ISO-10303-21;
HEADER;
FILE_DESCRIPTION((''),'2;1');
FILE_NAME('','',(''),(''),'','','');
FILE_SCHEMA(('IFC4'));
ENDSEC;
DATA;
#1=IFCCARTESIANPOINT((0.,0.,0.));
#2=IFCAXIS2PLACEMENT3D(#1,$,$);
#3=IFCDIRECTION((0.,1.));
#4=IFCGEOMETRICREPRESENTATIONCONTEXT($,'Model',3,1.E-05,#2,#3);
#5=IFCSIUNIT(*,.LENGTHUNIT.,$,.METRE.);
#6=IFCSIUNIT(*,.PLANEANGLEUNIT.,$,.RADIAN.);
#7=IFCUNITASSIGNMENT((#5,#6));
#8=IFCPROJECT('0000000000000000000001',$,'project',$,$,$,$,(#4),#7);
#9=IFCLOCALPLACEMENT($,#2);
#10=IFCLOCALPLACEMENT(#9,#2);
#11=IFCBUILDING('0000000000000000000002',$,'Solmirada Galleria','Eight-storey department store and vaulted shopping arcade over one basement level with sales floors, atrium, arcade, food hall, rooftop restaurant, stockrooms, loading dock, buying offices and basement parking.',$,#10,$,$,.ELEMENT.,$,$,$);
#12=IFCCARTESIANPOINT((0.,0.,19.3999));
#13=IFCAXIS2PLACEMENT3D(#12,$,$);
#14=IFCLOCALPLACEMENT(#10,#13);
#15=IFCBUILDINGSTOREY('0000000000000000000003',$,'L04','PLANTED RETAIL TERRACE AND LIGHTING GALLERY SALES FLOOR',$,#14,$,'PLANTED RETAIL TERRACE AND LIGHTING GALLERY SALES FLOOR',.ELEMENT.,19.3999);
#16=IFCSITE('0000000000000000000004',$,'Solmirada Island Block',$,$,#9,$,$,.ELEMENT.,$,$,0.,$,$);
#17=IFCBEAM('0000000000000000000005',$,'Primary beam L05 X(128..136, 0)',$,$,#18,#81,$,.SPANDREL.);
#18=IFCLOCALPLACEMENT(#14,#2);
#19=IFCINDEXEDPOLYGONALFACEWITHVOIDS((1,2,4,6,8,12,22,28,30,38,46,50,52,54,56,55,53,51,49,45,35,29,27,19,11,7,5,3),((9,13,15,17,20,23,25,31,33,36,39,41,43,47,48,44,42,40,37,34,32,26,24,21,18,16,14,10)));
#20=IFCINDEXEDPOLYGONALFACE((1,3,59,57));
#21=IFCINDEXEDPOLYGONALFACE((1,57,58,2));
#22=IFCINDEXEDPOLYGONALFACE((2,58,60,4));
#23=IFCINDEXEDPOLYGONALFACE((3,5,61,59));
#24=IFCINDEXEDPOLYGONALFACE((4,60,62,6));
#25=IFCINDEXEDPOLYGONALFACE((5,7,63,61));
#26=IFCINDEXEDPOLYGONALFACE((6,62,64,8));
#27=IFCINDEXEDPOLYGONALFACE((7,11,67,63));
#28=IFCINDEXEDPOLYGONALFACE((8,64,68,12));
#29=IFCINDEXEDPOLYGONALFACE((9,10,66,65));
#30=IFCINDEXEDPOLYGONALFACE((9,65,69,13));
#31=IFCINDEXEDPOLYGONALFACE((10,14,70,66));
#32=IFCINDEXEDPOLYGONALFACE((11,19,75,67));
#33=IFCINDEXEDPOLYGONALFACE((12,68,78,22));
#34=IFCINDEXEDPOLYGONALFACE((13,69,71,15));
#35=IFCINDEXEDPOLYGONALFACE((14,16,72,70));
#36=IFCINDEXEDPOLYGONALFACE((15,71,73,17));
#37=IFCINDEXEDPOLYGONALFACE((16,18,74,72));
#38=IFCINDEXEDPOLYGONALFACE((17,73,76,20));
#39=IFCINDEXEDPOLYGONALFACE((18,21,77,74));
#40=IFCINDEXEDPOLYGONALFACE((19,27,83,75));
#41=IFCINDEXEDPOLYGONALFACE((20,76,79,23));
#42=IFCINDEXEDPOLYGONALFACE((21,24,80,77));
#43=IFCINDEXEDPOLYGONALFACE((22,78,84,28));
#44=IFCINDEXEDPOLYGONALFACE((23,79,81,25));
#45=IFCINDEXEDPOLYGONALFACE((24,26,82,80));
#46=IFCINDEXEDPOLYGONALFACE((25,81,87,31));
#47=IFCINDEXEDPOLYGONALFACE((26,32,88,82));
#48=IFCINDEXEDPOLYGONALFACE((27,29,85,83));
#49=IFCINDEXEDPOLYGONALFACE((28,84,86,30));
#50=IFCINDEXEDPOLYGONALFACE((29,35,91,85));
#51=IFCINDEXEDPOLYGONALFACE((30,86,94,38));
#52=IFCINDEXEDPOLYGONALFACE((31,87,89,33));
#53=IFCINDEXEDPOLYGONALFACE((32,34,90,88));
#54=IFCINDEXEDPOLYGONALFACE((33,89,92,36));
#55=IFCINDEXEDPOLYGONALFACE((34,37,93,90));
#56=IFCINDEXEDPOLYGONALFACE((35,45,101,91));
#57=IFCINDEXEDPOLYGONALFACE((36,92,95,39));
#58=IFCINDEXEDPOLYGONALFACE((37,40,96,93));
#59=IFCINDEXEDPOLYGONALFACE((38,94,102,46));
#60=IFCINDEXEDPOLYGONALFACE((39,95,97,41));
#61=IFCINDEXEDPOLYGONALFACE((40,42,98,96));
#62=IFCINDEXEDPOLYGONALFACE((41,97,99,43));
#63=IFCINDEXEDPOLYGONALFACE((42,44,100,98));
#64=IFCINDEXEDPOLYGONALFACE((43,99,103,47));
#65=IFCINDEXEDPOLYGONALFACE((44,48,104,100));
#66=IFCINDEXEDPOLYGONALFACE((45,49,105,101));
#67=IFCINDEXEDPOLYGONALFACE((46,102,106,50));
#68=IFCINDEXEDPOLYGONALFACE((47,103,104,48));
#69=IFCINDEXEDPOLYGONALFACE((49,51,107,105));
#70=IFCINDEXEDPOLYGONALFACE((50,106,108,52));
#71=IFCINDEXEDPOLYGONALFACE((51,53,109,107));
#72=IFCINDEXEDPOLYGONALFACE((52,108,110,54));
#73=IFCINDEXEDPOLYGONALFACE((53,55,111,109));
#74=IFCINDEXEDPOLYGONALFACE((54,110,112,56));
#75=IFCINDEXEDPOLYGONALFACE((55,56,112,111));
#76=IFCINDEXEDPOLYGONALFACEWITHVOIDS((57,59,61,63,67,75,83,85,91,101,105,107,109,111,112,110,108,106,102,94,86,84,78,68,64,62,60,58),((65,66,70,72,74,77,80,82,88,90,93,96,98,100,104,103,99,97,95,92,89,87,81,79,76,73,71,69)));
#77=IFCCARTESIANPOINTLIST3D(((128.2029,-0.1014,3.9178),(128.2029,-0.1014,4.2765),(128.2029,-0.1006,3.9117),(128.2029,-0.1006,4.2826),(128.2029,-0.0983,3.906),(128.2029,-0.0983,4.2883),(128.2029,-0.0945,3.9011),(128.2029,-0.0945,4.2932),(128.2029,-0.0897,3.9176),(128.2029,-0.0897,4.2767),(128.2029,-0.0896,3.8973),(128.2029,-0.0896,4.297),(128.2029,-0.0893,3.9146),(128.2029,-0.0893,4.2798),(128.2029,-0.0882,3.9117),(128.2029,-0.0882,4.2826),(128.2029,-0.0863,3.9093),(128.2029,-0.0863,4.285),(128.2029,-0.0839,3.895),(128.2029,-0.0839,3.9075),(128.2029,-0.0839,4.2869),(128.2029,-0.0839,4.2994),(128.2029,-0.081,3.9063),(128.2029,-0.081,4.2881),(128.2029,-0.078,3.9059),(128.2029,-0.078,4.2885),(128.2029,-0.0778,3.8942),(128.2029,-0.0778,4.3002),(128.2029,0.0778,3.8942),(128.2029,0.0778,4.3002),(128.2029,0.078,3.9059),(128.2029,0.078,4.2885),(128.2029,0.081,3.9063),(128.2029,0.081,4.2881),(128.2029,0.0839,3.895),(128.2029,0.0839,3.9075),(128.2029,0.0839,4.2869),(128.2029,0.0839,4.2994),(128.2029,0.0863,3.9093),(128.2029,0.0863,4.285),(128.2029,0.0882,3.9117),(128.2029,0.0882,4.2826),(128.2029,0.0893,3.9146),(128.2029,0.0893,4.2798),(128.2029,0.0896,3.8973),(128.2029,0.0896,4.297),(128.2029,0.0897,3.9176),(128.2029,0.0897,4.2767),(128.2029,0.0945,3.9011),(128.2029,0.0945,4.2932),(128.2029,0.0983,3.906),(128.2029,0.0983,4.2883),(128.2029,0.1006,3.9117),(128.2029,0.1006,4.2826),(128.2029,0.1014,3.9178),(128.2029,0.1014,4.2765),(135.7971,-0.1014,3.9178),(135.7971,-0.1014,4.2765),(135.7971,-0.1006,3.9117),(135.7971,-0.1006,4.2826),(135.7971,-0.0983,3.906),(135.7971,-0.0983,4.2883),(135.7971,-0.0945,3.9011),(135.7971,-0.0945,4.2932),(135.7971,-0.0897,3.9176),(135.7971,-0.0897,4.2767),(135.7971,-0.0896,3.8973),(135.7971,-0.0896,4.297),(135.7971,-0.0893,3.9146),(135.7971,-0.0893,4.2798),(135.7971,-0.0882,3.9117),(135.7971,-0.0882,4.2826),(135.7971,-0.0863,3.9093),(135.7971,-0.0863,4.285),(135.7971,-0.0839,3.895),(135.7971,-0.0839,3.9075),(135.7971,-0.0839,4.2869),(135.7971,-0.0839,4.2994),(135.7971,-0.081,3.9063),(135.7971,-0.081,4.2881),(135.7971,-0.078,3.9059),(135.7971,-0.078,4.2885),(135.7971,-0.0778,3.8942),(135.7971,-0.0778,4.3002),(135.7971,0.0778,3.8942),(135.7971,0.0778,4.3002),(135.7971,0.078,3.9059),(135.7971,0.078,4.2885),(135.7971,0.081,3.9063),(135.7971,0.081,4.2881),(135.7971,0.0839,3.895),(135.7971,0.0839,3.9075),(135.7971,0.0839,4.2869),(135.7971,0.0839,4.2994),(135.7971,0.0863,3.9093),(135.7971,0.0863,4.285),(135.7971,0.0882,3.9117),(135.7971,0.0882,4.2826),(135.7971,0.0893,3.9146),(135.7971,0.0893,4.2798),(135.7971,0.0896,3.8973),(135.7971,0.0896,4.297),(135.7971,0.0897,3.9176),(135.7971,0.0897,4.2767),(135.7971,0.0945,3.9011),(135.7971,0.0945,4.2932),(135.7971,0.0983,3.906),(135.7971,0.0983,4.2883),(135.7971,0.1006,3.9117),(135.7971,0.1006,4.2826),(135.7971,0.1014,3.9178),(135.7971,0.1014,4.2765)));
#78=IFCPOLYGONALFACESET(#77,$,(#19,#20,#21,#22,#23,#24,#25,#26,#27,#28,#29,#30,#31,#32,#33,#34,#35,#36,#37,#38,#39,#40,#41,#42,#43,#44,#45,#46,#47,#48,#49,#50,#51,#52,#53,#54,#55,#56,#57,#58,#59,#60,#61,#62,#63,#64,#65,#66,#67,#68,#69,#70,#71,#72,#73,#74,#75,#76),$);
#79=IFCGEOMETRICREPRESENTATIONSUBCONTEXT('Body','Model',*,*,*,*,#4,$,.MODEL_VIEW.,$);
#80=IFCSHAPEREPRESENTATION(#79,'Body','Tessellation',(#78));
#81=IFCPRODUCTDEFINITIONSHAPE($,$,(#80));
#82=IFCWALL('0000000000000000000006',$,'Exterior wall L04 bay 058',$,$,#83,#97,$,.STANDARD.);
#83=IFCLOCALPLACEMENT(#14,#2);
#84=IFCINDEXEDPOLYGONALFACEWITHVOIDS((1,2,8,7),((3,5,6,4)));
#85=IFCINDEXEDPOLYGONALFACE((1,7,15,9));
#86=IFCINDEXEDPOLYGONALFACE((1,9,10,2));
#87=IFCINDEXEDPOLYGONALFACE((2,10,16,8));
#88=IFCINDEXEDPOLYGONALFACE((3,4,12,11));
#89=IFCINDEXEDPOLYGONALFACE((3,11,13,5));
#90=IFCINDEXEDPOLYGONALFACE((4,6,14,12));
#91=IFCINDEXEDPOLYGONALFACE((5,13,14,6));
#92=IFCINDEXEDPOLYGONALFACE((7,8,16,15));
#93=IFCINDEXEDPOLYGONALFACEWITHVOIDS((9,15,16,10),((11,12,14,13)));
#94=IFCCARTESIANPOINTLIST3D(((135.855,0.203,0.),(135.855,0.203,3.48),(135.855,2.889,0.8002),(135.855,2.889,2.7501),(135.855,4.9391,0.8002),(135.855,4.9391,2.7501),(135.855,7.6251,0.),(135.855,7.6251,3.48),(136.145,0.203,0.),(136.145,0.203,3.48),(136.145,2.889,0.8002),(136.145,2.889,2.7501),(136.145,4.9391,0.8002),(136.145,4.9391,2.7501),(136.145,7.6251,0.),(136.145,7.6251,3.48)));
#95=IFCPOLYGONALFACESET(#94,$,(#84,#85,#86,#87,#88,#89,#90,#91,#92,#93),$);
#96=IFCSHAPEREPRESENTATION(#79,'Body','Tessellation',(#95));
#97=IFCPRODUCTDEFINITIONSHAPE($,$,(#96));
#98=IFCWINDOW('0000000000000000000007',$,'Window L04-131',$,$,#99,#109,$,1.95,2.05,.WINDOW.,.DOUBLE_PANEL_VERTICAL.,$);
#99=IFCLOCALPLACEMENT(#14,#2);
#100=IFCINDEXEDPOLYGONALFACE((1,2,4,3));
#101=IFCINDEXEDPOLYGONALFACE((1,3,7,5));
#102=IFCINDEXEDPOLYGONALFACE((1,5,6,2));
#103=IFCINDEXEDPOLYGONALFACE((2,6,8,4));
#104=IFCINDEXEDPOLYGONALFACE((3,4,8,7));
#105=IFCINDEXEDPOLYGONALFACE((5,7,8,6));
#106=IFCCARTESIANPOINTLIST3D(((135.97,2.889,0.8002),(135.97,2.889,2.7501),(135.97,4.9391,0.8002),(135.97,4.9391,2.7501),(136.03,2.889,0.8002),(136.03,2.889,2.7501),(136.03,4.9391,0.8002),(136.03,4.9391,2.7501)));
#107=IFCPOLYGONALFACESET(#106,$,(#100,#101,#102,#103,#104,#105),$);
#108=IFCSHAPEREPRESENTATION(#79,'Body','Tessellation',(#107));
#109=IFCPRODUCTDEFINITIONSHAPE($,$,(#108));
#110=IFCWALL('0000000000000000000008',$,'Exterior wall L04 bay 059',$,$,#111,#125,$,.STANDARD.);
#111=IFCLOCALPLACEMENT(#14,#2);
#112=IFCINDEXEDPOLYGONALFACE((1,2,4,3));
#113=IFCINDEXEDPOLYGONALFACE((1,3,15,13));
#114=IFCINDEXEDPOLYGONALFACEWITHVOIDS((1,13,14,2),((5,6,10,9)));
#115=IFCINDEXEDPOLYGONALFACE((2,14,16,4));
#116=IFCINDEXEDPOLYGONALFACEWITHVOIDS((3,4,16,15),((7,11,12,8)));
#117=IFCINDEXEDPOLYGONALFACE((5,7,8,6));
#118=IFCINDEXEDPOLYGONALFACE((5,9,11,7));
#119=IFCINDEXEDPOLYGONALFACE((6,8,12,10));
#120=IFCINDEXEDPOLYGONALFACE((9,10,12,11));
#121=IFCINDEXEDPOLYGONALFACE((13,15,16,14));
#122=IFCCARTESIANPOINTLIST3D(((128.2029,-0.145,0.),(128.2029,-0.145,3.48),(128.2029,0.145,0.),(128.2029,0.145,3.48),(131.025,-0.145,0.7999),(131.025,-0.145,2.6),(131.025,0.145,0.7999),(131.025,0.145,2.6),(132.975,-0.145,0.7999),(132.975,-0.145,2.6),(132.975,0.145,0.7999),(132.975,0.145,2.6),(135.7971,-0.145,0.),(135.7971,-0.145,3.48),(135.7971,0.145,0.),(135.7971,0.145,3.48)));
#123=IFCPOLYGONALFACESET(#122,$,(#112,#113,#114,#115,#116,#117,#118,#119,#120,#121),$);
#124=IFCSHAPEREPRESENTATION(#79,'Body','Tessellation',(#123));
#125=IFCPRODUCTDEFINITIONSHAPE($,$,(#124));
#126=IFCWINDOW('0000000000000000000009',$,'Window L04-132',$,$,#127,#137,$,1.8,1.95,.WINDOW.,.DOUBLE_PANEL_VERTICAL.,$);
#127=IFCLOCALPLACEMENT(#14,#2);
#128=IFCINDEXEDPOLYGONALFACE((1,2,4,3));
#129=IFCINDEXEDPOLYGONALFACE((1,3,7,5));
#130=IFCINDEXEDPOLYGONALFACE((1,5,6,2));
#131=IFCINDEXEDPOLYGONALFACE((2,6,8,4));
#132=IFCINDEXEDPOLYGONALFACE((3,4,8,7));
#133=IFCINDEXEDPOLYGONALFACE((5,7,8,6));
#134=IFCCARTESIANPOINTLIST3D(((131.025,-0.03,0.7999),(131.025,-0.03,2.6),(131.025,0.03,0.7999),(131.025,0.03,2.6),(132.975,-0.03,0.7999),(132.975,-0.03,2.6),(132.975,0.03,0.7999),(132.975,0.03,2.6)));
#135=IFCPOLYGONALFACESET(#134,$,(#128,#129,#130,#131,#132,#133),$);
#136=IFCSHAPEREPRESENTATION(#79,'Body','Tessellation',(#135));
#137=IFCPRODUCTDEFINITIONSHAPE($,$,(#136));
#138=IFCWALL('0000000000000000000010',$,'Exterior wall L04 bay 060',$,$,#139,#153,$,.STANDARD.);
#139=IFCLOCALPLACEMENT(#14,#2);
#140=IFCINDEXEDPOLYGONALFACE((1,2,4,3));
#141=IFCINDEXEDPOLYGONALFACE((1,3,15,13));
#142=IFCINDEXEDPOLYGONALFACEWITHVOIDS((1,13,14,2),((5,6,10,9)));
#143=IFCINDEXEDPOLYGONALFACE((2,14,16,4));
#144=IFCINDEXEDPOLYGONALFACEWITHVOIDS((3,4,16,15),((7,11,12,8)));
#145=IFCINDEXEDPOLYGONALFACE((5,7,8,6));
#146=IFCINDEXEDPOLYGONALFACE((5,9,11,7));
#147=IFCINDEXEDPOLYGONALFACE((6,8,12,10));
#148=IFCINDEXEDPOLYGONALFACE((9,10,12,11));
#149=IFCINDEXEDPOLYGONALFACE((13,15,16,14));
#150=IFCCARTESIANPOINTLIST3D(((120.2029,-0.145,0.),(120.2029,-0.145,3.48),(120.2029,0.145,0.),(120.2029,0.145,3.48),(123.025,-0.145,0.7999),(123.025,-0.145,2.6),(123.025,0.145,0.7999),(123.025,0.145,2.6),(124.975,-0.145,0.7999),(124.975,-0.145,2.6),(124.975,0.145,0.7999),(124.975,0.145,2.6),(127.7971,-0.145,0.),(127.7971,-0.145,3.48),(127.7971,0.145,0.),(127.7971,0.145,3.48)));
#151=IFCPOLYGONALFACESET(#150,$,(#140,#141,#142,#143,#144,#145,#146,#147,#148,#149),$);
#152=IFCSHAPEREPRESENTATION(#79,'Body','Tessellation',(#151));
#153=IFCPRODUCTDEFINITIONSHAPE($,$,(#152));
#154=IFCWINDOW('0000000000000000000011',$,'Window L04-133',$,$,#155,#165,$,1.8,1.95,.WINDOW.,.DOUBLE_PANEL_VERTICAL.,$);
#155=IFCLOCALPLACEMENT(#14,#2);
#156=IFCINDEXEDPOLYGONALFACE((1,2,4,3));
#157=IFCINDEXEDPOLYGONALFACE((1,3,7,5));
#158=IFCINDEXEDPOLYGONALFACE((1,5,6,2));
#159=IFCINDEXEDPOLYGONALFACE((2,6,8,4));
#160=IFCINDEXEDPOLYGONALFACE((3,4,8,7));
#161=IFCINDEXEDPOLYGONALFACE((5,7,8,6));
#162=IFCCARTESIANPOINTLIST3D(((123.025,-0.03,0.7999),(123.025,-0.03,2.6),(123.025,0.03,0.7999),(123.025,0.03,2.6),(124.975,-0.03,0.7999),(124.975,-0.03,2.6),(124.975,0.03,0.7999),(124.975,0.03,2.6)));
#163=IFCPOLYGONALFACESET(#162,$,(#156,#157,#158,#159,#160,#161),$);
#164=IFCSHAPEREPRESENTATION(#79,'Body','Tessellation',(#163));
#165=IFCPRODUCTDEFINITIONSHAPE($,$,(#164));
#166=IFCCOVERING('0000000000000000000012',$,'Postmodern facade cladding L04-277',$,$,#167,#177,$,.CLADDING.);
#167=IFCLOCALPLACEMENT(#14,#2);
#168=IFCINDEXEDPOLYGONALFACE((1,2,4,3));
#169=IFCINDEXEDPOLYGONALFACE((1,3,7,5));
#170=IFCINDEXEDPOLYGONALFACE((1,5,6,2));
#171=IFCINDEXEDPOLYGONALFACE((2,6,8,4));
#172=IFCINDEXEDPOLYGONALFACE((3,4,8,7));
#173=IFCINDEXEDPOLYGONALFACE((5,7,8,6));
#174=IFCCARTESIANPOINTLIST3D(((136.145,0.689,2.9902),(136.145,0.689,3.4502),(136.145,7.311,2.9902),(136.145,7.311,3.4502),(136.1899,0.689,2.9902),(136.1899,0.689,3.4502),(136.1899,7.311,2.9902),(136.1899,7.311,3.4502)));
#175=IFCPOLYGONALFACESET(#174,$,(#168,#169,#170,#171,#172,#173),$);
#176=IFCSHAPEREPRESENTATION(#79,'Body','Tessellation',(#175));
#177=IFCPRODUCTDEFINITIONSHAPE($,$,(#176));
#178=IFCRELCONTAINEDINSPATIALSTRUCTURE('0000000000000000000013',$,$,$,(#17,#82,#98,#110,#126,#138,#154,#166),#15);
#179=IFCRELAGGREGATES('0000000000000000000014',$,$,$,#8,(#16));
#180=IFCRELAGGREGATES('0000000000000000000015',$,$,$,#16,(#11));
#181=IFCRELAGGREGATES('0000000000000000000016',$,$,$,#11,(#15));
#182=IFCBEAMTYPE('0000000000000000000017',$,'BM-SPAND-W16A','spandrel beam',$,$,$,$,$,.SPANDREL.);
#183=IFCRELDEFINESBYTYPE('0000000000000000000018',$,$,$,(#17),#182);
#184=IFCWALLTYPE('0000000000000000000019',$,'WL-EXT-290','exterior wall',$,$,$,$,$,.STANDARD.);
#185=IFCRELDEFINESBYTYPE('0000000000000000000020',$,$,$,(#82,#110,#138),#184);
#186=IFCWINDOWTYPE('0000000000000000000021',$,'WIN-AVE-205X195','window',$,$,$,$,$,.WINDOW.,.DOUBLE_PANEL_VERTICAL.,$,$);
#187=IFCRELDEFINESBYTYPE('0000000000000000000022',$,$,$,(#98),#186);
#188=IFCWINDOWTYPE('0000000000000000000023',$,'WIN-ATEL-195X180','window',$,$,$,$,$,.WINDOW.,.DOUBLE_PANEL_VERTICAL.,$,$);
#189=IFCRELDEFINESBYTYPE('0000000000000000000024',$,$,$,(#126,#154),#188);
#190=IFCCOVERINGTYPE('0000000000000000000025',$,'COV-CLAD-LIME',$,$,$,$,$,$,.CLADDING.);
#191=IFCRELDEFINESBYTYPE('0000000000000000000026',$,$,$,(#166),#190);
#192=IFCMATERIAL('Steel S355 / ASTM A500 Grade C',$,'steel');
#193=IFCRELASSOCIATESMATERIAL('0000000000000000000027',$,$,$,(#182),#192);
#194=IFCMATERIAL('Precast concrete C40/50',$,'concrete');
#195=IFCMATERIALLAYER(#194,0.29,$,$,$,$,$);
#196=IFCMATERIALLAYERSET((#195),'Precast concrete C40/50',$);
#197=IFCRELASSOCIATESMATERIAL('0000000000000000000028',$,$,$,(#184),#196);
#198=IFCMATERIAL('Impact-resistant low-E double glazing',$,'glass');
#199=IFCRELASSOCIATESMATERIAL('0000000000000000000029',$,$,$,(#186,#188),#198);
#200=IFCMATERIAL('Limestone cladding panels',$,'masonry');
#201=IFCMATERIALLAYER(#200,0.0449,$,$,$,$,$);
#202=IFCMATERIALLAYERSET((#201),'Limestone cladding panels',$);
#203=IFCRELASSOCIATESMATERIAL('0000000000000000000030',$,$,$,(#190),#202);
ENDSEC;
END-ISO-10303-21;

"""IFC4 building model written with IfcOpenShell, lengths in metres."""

from ifc_helpers import new_model, si_unit, direction, frame, frame_2d, origin, origin_2d, place, context, subcontext, project, spatial, rectangle, hollow_rectangle, extrude, material, layer, layer_set, material_profile, profile_set, type_object, element, fill, save


model = new_model("IFC4")

# Units and contexts
model_context = context("Model", 3, precision=1e-05, world=origin(), true_north=direction((0.0, 1.0)))
body_context = subcontext(model_context, "Body", "Model", "MODEL_VIEW")
ifc_project = project(units=[si_unit("LENGTHUNIT", "METRE"), si_unit("PLANEANGLEUNIT", "RADIAN")], contexts=[model_context])

# Site, building, storey
site_placement = place(None, origin())
site = spatial("IfcSite", under=ifc_project, at=site_placement, Name="Solmirada Island Block", CompositionType="ELEMENT", RefElevation=0.0)
building_placement = place(site_placement, origin())
building = spatial("IfcBuilding", under=site, at=building_placement, Name="Solmirada Galleria", Description="Eight-storey department store and vaulted shopping arcade over one basement level with sales floors, atrium, arcade, food hall, rooftop restaurant, stockrooms, loading dock, buying offices and basement parking.", CompositionType="ELEMENT")
storey_placement = place(building_placement, frame((0.0, 0.0, 19.3999)))
storey = spatial("IfcBuildingStorey", under=building, at=storey_placement, Name="L04", Description="PLANTED RETAIL TERRACE AND LIGHTING GALLERY SALES FLOOR", LongName="PLANTED RETAIL TERRACE AND LIGHTING GALLERY SALES FLOOR", CompositionType="ELEMENT", Elevation=19.3999)

# Shared definitions
ifc_material_1 = material(Name="Steel S355 / ASTM A500 Grade C", Category="steel")

# Beam
ifc_material_profile_1 = material_profile(ifc_material_1, hollow_rectangle(XDim=0.2029, YDim=0.406, WallThickness=0.0117, InnerFilletRadius=0.0117, OuterFilletRadius=0.0237, at=origin_2d()), Name="HSS16X8X1/2")
ifc_profile_set_1 = profile_set([ifc_material_profile_1], Name="Steel S355 / ASTM A500 Grade C")
beam_type_1 = type_object("IfcBeamType", Name="BM-SPAND-W16A", Description="spandrel beam", PredefinedType="SPANDREL", material=ifc_profile_set_1)
for number, where, z_axis, x_axis, name in (
    (1, (128.2029, 0.0, 4.0972), (1.0, 0.0, 0.0), (0.0, 1.0, 0.0), "Primary beam L05 X(128..136, 0)"),
):
    element("IfcBeam", number, at=place(storey_placement, frame(where, z_axis=z_axis, x_axis=x_axis)), inside=storey, type_object=beam_type_1, Name=name, PredefinedType="SPANDREL", context=body_context, shape_type="SweptSolid", body=[
        extrude(hollow_rectangle(XDim=0.2029, YDim=0.406, WallThickness=0.0117, InnerFilletRadius=0.0117, OuterFilletRadius=0.0237, at=origin_2d()), origin(), (0.0, 0.0, 1.0), 7.5942),
    ])

# Shared definitions
ifc_material_2 = material(Name="Precast concrete C40/50", Category="concrete")
ifc_layer_1 = layer(ifc_material_2, 0.29)
ifc_layer_set_1 = layer_set([ifc_layer_1], Name="Precast concrete C40/50")
wall_type = type_object("IfcWallType", Name="WL-EXT-290", Description="exterior wall", PredefinedType="STANDARD", material=ifc_layer_set_1)

# Walls, openings, windows
wall_1_placement = place(storey_placement, frame((136.0, 7.625, 0.0), z_axis=(0.0, 0.0, 1.0), x_axis=(0.0, -1.0, 0.0)))
wall_1 = element("IfcWall", 2, at=wall_1_placement, inside=storey, type_object=wall_type, Name="Exterior wall L04 bay 058", PredefinedType="STANDARD", context=body_context, shape_type="SweptSolid", body=[
    extrude(rectangle(XDim=7.4221, YDim=0.29, at=frame_2d((3.7109, 0.0))), origin(), (0.0, 0.0, 1.0), 3.48),
])
opening_1_placement = place(wall_1_placement, frame((2.686, 0.0, 0.8)))
opening_1 = element("IfcOpeningElement", 3, at=opening_1_placement, cuts=wall_1, PredefinedType="OPENING", context=body_context, shape_type="SweptSolid", body=[
    extrude(rectangle(XDim=2.05, YDim=1.95, at=frame_2d((1.0249, 0.9751))), frame((0.0, 0.155, 0.0), z_axis=(0.0, -1.0, 0.0), x_axis=(1.0, 0.0, 0.0)), (0.0, 0.0, 1.0), 0.3101),
])
ifc_material_3 = material(Name="Impact-resistant low-E double glazing", Category="glass")
window_type_1 = type_object("IfcWindowType", Name="WIN-AVE-205X195", Description="window", PartitioningType="DOUBLE_PANEL_VERTICAL", PredefinedType="WINDOW", material=ifc_material_3)
window_1_placement = place(opening_1_placement, origin())
window_1 = element("IfcWindow", 4, at=window_1_placement, inside=storey, type_object=window_type_1, Name="Window L04-131", OverallHeight=1.95, OverallWidth=2.05, PartitioningType="DOUBLE_PANEL_VERTICAL", PredefinedType="WINDOW", context=body_context, shape_type="SweptSolid", body=[
    extrude(rectangle(XDim=2.05, YDim=1.95, at=frame_2d((1.0249, 0.9751))), frame((0.0, 0.03, 0.0), z_axis=(0.0, -1.0, 0.0), x_axis=(1.0, 0.0, 0.0)), (0.0, 0.0, 1.0), 0.0601),
])
fill(opening_1, window_1)
wall_2_placement = place(storey_placement, frame((135.7971, 0.0, 0.0), z_axis=(0.0, 0.0, 1.0), x_axis=(-1.0, 0.0, 0.0)))
wall_2 = element("IfcWall", 5, at=wall_2_placement, inside=storey, type_object=wall_type, Name="Exterior wall L04 bay 059", PredefinedType="STANDARD", context=body_context, shape_type="SweptSolid", body=[
    extrude(rectangle(XDim=7.5942, YDim=0.29, at=frame_2d((3.7971, 0.0))), origin(), (0.0, 0.0, 1.0), 3.48),
])
opening_2_placement = place(wall_2_placement, frame((2.822, 0.0, 0.8)))
opening_2 = element("IfcOpeningElement", 6, at=opening_2_placement, cuts=wall_2, PredefinedType="OPENING", context=body_context, shape_type="SweptSolid", body=[
    extrude(rectangle(XDim=1.95, YDim=1.8, at=frame_2d((0.9751, 0.8999))), frame((0.0, 0.155, 0.0), z_axis=(0.0, -1.0, 0.0), x_axis=(1.0, 0.0, 0.0)), (0.0, 0.0, 1.0), 0.3101),
])
window_type_2 = type_object("IfcWindowType", Name="WIN-ATEL-195X180", Description="window", PartitioningType="DOUBLE_PANEL_VERTICAL", PredefinedType="WINDOW", material=ifc_material_3)
window_2_placement = place(opening_2_placement, origin())
window_2 = element("IfcWindow", 7, at=window_2_placement, inside=storey, type_object=window_type_2, Name="Window L04-132", OverallHeight=1.8, OverallWidth=1.95, PartitioningType="DOUBLE_PANEL_VERTICAL", PredefinedType="WINDOW", context=body_context, shape_type="SweptSolid", body=[
    extrude(rectangle(XDim=1.95, YDim=1.8, at=frame_2d((0.9751, 0.8999))), frame((0.0, 0.03, 0.0), z_axis=(0.0, -1.0, 0.0), x_axis=(1.0, 0.0, 0.0)), (0.0, 0.0, 1.0), 0.0601),
])
fill(opening_2, window_2)
wall_3_placement = place(storey_placement, frame((127.7971, 0.0, 0.0), z_axis=(0.0, 0.0, 1.0), x_axis=(-1.0, 0.0, 0.0)))
wall_3 = element("IfcWall", 8, at=wall_3_placement, inside=storey, type_object=wall_type, Name="Exterior wall L04 bay 060", PredefinedType="STANDARD", context=body_context, shape_type="SweptSolid", body=[
    extrude(rectangle(XDim=7.5942, YDim=0.29, at=frame_2d((3.7971, 0.0))), origin(), (0.0, 0.0, 1.0), 3.48),
])
opening_3_placement = place(wall_3_placement, frame((2.822, 0.0, 0.8)))
opening_3 = element("IfcOpeningElement", 9, at=opening_3_placement, cuts=wall_3, PredefinedType="OPENING", context=body_context, shape_type="SweptSolid", body=[
    extrude(rectangle(XDim=1.95, YDim=1.8, at=frame_2d((0.9751, 0.8999))), frame((0.0, 0.155, 0.0), z_axis=(0.0, -1.0, 0.0), x_axis=(1.0, 0.0, 0.0)), (0.0, 0.0, 1.0), 0.3101),
])
window_3_placement = place(opening_3_placement, origin())
window_3 = element("IfcWindow", 10, at=window_3_placement, inside=storey, type_object=window_type_2, Name="Window L04-133", OverallHeight=1.8, OverallWidth=1.95, PartitioningType="DOUBLE_PANEL_VERTICAL", PredefinedType="WINDOW", context=body_context, shape_type="SweptSolid", body=[
    extrude(rectangle(XDim=1.95, YDim=1.8, at=frame_2d((0.9751, 0.8999))), frame((0.0, 0.03, 0.0), z_axis=(0.0, -1.0, 0.0), x_axis=(1.0, 0.0, 0.0)), (0.0, 0.0, 1.0), 0.0601),
])
fill(opening_3, window_3)

# Covering
ifc_material_4 = material(Name="Limestone cladding panels", Category="masonry")
ifc_layer_2 = layer(ifc_material_4, 0.0449)
ifc_layer_set_2 = layer_set([ifc_layer_2], Name="Limestone cladding panels")
covering_type_1 = type_object("IfcCoveringType", Name="COV-CLAD-LIME", PredefinedType="CLADDING", material=ifc_layer_set_2)
covering_1_placement = place(storey_placement, frame((136.1675, 4.0, 2.9902), z_axis=(0.0, 0.0, 1.0), x_axis=(0.0, -1.0, 0.0)))
element("IfcCovering", 11, at=covering_1_placement, inside=storey, type_object=covering_type_1, Name="Postmodern facade cladding L04-277", PredefinedType="CLADDING", context=body_context, shape_type="SweptSolid", body=[
    extrude(rectangle(XDim=6.6221, YDim=0.0449, at=origin_2d()), origin(), (0.0, 0.0, 1.0), 0.46),
])

save(model, "model.ifc")
